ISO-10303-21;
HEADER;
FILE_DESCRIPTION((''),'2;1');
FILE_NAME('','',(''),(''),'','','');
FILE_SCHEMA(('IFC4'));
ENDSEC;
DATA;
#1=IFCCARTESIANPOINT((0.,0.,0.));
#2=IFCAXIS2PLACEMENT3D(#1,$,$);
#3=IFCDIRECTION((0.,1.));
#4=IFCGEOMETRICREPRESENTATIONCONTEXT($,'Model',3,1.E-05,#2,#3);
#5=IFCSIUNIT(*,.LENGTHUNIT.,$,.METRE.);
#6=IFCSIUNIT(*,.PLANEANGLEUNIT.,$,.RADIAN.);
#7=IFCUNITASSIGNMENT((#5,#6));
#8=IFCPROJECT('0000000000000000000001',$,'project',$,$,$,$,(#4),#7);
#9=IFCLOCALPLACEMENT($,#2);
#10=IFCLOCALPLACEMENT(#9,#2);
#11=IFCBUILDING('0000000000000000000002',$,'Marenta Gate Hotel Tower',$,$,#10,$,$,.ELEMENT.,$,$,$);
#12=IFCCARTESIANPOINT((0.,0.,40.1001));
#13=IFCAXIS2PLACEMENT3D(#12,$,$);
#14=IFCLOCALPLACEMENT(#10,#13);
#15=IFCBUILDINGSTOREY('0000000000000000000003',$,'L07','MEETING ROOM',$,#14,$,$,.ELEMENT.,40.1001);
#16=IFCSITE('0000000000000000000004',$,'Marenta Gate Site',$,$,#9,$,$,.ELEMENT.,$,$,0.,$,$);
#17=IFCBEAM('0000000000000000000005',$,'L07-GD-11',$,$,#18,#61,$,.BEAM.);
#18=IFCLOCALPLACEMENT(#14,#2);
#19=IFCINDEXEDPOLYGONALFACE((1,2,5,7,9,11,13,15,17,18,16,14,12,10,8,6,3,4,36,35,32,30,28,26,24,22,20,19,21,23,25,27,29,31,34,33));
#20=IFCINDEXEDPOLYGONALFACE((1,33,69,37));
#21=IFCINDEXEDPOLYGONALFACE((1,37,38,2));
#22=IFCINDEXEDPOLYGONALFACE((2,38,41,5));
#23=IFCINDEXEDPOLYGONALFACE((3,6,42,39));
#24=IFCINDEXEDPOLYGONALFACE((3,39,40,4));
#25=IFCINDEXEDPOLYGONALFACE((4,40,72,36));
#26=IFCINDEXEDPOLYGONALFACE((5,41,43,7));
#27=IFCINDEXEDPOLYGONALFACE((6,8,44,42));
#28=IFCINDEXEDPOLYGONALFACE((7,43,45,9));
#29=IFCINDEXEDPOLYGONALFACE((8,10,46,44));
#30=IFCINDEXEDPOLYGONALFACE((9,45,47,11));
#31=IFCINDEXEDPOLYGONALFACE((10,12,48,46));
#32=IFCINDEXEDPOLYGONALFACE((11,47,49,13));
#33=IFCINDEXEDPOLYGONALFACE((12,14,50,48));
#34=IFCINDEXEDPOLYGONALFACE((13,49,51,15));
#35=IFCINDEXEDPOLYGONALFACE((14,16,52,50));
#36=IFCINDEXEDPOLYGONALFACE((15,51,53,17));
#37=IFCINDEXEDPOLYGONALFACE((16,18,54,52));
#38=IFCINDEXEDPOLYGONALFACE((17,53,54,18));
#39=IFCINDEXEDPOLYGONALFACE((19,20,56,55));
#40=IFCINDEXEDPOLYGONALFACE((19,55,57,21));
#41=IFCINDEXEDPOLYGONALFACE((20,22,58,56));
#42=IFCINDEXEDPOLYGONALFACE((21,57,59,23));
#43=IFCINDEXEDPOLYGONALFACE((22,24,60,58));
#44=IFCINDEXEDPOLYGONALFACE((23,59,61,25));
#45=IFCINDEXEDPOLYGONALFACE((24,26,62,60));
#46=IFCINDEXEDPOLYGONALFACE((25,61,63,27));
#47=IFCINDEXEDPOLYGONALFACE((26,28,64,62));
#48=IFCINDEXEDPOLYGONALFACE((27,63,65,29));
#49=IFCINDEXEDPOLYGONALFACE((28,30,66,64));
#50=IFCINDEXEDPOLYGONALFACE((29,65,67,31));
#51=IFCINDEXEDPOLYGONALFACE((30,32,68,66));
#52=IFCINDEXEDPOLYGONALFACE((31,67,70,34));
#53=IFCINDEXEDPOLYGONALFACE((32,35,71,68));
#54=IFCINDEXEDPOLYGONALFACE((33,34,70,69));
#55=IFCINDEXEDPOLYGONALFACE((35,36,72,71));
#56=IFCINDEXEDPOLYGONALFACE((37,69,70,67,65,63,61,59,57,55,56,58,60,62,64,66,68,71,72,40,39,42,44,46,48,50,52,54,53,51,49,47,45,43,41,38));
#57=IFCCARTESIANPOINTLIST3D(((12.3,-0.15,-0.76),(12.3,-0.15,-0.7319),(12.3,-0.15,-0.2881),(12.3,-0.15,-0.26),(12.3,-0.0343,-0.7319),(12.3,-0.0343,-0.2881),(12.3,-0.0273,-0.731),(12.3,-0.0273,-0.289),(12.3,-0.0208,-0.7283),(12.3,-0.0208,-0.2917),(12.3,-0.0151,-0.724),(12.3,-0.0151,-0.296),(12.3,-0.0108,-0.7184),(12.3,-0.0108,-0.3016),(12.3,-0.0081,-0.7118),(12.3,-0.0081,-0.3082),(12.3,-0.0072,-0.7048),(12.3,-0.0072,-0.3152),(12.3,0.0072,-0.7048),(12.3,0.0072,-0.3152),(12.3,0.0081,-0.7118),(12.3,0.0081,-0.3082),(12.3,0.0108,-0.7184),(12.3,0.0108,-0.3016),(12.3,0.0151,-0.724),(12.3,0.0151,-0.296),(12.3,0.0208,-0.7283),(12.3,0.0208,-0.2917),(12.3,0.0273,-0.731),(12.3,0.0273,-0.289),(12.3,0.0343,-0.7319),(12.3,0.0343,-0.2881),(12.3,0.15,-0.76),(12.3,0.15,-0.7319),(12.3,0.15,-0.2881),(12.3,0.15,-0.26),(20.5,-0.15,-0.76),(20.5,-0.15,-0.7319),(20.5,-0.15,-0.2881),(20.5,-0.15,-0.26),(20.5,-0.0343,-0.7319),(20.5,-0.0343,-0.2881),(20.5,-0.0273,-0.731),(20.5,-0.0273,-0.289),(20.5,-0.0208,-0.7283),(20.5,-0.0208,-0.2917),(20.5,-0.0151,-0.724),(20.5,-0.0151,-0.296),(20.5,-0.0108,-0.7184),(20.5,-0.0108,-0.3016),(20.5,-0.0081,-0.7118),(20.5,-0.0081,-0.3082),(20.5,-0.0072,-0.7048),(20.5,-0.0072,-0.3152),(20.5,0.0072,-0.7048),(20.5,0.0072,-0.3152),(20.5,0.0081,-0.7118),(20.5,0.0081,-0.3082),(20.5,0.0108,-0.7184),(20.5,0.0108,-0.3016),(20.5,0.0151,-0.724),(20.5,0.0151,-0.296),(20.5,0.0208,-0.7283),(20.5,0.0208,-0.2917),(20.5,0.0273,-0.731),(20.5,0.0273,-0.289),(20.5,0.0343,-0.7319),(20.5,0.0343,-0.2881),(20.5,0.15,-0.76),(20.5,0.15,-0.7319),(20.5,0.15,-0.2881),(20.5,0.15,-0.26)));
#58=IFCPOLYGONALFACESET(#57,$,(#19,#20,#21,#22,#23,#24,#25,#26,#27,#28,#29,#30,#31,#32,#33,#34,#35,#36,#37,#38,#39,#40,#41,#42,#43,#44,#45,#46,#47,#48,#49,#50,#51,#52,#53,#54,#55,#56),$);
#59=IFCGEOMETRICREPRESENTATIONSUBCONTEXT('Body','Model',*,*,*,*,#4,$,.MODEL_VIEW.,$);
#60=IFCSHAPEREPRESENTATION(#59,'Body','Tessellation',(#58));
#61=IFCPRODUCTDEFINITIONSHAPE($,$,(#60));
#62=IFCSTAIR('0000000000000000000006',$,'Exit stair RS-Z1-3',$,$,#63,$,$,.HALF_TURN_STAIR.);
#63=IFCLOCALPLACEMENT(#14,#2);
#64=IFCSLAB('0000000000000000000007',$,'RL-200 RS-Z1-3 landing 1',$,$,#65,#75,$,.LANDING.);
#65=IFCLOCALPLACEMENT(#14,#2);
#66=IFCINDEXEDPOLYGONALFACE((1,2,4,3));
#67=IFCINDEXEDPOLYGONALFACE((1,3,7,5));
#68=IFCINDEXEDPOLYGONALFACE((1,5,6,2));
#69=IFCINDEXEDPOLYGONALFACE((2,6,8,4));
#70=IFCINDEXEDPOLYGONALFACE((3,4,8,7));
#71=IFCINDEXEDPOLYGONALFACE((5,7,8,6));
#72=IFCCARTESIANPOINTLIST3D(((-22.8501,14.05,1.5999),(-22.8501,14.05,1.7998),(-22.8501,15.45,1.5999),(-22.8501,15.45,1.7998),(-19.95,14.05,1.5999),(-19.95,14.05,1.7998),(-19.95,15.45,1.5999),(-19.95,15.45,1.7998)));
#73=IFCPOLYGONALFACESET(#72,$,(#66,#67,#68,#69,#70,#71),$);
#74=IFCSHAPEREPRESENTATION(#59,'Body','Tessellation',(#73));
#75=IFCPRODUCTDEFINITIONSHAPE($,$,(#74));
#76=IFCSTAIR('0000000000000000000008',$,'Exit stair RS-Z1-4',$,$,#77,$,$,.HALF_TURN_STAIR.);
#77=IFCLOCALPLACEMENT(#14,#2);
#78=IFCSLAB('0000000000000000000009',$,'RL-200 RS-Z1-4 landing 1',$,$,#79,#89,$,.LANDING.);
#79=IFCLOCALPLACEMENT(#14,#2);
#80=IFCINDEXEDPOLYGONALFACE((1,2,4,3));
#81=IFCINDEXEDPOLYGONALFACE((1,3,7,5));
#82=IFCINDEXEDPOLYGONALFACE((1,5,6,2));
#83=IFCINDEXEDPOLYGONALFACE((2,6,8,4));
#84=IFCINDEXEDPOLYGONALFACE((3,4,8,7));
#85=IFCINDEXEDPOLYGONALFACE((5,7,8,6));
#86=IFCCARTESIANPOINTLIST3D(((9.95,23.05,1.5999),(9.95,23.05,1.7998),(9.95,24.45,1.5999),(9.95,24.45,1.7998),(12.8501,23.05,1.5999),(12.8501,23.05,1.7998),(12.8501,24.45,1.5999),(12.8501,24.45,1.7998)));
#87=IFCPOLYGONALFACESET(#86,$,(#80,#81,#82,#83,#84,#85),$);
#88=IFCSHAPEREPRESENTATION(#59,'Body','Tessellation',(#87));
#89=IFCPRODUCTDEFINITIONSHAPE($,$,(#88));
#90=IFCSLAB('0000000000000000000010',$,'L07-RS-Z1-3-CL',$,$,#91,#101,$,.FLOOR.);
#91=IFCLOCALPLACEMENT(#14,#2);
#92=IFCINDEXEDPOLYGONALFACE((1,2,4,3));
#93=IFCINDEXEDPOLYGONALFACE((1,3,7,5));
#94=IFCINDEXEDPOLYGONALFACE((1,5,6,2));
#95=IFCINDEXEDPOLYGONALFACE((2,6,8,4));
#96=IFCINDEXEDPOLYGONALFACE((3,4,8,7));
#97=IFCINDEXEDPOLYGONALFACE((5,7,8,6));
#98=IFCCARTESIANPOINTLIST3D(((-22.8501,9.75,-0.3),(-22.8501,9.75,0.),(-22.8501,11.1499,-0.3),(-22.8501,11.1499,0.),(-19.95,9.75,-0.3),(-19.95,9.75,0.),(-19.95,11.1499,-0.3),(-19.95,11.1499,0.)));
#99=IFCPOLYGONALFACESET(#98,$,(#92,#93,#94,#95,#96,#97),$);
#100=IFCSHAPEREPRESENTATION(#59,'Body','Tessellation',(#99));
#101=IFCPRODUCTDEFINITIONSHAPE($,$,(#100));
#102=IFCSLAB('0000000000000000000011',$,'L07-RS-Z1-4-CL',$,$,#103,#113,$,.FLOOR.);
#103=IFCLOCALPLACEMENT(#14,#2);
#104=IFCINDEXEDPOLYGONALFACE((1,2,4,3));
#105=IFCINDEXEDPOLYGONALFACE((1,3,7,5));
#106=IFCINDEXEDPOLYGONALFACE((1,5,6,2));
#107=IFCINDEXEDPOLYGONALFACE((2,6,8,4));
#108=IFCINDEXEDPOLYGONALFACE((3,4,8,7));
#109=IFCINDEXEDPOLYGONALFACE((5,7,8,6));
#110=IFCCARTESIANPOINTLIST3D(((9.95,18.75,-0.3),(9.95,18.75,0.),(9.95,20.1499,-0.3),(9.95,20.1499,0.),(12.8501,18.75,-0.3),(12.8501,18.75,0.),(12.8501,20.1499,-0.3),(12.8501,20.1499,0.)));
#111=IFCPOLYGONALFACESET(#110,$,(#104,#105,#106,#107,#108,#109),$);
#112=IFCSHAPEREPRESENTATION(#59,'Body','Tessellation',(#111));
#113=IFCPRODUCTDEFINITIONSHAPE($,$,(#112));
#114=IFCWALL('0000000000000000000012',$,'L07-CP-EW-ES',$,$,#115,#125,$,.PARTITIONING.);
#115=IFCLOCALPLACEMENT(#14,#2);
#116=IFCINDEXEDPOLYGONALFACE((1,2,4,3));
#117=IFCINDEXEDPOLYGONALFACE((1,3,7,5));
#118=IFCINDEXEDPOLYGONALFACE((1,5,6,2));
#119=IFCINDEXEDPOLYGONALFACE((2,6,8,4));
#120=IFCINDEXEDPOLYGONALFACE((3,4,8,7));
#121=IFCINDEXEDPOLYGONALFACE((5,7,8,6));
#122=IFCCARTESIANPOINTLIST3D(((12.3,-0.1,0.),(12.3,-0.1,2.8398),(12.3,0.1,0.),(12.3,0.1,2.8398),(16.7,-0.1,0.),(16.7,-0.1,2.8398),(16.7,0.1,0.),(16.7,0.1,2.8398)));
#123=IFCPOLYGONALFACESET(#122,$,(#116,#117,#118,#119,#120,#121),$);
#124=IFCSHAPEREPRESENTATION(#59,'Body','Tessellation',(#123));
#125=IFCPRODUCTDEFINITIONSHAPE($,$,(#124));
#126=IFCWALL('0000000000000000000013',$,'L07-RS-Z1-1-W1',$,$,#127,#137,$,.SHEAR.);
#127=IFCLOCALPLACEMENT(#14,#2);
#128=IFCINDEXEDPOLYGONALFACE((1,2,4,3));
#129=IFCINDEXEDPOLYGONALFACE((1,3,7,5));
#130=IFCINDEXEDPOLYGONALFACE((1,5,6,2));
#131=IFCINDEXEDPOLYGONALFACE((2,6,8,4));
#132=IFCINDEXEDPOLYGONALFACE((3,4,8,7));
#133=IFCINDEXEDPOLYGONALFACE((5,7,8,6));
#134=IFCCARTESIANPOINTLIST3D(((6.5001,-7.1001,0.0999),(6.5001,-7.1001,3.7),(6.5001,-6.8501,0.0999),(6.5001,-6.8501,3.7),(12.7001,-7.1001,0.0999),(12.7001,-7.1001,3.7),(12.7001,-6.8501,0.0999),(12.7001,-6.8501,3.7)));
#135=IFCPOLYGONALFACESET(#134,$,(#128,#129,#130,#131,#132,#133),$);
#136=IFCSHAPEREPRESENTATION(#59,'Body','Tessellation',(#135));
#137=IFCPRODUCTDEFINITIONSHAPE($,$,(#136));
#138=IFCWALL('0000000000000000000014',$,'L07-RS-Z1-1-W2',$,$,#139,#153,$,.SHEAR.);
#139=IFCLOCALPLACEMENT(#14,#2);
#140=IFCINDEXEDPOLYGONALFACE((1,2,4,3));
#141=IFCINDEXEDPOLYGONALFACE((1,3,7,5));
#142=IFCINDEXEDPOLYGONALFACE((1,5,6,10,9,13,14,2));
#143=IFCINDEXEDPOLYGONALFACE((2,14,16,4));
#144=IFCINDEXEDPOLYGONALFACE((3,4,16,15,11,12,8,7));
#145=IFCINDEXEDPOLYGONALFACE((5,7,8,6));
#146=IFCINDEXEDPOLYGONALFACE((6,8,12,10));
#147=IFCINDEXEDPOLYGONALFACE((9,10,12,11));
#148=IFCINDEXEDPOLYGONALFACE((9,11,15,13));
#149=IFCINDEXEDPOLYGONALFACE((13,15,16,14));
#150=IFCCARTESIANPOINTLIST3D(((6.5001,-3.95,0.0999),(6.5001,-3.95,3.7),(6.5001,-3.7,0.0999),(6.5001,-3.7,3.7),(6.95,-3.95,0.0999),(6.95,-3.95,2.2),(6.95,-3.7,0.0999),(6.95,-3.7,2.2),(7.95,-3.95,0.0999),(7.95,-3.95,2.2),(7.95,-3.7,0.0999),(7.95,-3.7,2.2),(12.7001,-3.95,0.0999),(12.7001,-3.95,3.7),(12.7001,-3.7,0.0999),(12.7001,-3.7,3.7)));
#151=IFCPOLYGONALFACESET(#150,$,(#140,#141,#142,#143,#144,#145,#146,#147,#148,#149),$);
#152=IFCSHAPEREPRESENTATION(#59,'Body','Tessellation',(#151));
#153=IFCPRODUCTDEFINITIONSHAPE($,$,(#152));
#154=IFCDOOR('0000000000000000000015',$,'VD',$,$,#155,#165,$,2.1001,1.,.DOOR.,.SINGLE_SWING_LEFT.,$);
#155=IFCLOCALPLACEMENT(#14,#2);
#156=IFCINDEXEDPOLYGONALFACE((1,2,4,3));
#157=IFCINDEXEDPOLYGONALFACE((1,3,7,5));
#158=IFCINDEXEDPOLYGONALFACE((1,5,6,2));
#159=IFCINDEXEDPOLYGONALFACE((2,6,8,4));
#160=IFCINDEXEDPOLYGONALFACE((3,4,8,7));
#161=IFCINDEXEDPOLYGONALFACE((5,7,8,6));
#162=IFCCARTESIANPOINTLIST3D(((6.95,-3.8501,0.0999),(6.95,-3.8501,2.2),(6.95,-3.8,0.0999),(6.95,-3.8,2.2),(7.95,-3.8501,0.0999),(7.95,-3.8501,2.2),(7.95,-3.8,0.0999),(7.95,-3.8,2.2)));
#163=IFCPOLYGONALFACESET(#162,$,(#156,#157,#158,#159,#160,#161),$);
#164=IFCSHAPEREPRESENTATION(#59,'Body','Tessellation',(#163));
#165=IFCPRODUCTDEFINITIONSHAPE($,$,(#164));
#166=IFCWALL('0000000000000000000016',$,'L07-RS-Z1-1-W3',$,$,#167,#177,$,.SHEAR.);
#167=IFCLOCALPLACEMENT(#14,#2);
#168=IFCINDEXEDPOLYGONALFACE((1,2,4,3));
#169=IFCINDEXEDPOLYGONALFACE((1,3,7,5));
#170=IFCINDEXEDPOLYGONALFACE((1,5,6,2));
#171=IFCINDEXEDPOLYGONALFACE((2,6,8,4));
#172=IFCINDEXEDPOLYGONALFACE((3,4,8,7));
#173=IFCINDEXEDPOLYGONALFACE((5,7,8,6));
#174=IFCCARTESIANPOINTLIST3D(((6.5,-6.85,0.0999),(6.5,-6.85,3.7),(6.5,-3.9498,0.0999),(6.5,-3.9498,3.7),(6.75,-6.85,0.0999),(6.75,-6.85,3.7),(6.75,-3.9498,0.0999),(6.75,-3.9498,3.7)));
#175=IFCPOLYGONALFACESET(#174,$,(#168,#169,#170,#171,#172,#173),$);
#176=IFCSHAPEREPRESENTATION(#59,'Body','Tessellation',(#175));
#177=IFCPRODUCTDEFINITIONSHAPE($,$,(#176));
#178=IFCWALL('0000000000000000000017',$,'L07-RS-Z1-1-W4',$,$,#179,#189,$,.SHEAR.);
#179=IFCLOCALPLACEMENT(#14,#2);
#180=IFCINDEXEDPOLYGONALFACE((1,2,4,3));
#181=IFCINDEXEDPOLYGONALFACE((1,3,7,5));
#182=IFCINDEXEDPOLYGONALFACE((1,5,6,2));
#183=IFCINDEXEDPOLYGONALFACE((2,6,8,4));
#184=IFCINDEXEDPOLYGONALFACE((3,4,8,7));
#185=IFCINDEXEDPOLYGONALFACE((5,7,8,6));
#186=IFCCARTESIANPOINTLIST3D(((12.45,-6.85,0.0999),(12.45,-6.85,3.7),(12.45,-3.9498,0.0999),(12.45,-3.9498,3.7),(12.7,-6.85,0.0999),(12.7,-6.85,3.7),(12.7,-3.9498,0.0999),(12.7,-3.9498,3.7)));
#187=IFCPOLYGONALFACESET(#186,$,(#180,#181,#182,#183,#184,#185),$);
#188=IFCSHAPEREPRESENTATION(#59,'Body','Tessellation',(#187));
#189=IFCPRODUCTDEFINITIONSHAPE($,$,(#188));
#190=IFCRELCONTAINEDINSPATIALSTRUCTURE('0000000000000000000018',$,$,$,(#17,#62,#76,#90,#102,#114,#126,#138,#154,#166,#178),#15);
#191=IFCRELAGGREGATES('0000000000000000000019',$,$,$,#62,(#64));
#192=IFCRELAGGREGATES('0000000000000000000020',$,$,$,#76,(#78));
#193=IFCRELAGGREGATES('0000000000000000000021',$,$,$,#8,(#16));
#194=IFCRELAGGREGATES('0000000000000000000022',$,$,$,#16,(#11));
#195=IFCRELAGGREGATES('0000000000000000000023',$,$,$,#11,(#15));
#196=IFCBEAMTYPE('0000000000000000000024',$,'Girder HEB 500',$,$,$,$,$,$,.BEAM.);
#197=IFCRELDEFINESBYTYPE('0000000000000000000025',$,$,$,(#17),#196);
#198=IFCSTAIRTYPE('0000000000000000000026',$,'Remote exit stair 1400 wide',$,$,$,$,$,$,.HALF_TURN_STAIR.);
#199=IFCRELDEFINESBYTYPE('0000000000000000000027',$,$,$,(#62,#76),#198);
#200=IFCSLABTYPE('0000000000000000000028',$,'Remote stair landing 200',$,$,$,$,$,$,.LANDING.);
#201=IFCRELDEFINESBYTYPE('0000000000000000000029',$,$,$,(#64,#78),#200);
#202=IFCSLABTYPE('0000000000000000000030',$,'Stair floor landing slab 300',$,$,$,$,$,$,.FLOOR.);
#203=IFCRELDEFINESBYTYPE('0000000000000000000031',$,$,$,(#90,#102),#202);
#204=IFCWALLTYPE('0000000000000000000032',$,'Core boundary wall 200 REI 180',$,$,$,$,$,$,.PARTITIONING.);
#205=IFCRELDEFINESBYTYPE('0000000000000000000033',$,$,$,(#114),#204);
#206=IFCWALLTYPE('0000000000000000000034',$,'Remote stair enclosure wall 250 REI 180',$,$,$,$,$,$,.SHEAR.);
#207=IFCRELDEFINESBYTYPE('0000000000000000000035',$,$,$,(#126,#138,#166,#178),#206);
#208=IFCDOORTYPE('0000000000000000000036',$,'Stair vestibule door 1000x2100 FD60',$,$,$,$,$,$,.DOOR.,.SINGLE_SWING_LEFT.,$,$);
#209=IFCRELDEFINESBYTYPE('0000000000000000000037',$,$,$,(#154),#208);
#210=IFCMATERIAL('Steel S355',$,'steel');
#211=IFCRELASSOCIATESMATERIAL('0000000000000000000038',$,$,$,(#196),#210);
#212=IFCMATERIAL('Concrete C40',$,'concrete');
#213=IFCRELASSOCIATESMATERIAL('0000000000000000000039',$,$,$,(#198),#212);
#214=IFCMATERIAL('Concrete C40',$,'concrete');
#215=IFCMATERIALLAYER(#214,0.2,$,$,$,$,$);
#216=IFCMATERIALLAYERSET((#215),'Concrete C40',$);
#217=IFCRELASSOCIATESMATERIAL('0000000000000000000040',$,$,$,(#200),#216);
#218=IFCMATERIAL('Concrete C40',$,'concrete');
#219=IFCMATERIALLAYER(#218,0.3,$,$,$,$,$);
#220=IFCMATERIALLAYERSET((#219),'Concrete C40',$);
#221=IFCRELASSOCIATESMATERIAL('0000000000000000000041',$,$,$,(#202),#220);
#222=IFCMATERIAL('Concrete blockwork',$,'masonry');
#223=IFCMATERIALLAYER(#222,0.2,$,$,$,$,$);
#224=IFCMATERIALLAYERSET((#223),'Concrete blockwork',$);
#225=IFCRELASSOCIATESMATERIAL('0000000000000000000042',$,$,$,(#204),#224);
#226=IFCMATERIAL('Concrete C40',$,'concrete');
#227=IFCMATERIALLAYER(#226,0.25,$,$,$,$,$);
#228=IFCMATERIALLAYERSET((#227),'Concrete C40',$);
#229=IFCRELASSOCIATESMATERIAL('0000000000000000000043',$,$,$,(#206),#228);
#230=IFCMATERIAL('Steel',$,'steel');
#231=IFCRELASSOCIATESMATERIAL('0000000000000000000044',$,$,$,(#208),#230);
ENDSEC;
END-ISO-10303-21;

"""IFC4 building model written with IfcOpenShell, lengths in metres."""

from ifc_helpers import new_model, si_unit, direction, frame, frame_2d, origin, origin_2d, place, context, subcontext, project, spatial, polyline, rectangle, i_section, outline, extrude, material, layer, layer_set, material_profile, profile_set, type_object, element, fill, aggregate, save


model = new_model("IFC4")

# Units and contexts
model_context = context("Model", 3, precision=1e-05, world=origin(), true_north=direction((0.0, 1.0)))
body_context = subcontext(model_context, "Body", "Model", "MODEL_VIEW")
ifc_project = project(units=[si_unit("LENGTHUNIT", "METRE"), si_unit("PLANEANGLEUNIT", "RADIAN")], contexts=[model_context])

# Site, building, storey
site_placement = place(None, origin())
site = spatial("IfcSite", under=ifc_project, at=site_placement, Name="Marenta Gate Site", CompositionType="ELEMENT", RefElevation=0.0)
building_placement = place(site_placement, origin())
building = spatial("IfcBuilding", under=site, at=building_placement, Name="Marenta Gate Hotel Tower", CompositionType="ELEMENT")
storey_placement = place(building_placement, frame((0.0, 0.0, 40.1001)))
storey = spatial("IfcBuildingStorey", under=building, at=storey_placement, Name="L07", Description="MEETING ROOM", CompositionType="ELEMENT", Elevation=40.1001)

# Beam
ifc_material_1 = material(Name="Steel S355", Category="steel")
ifc_material_profile = material_profile(ifc_material_1, i_section(OverallWidth=0.3, OverallDepth=0.5, WebThickness=0.0144, FlangeThickness=0.0281, FilletRadius=0.0271, at=origin_2d()), Name="HEB 500")
ifc_profile_set = profile_set([ifc_material_profile], Name="Steel S355")
beam_type = type_object("IfcBeamType", Name="Girder HEB 500", PredefinedType="BEAM", material=ifc_profile_set)
beam_placement = place(storey_placement, frame((12.3, 0.0, -0.51), z_axis=(1.0, 0.0, 0.0), x_axis=(0.0, 1.0, 0.0)))
element("IfcBeam", 1, at=beam_placement, inside=storey, type_object=beam_type, Name="L07-GD-11", PredefinedType="BEAM", context=body_context, shape_type="SweptSolid", body=[
    extrude(i_section(OverallWidth=0.3, OverallDepth=0.5, WebThickness=0.0144, FlangeThickness=0.0281, FilletRadius=0.0271, at=origin_2d()), origin(), (0.0, 0.0, 1.0), 8.2),
])

# Stairs, slabs
ifc_material_2 = material(Name="Concrete C40", Category="concrete")
stair_type = type_object("IfcStairType", Name="Remote exit stair 1400 wide", PredefinedType="HALF_TURN_STAIR", material=ifc_material_2)
stair_1_placement = place(storey_placement, origin())
stair_1 = element("IfcStair", 2, at=stair_1_placement, inside=storey, type_object=stair_type, Name="Exit stair RS-Z1-3", PredefinedType="HALF_TURN_STAIR")
ifc_material_3 = material(Name="Concrete C40", Category="concrete")
ifc_layer_1 = layer(ifc_material_3, 0.2)
ifc_layer_set_1 = layer_set([ifc_layer_1], Name="Concrete C40")
slab_type_1 = type_object("IfcSlabType", Name="Remote stair landing 200", PredefinedType="LANDING", material=ifc_layer_set_1)
slab_1_placement = place(storey_placement, frame((0.0, 0.0, 1.5999)))
slab_1 = element("IfcSlab", 3, at=slab_1_placement, type_object=slab_type_1, Name="RL-200 RS-Z1-3 landing 1", PredefinedType="LANDING", context=body_context, shape_type="SweptSolid", body=[
    extrude(outline(polyline([(-22.8501, 14.05), (-19.95, 14.05), (-19.95, 15.45), (-22.8501, 15.45), (-22.8501, 14.05)])), origin(), (0.0, 0.0, 1.0), 0.2),
])
aggregate(stair_1, [slab_1])
stair_2_placement = place(storey_placement, origin())
stair_2 = element("IfcStair", 4, at=stair_2_placement, inside=storey, type_object=stair_type, Name="Exit stair RS-Z1-4", PredefinedType="HALF_TURN_STAIR")
slab_2_placement = place(storey_placement, frame((0.0, 0.0, 1.5999)))
slab_2 = element("IfcSlab", 5, at=slab_2_placement, type_object=slab_type_1, Name="RL-200 RS-Z1-4 landing 1", PredefinedType="LANDING", context=body_context, shape_type="SweptSolid", body=[
    extrude(outline(polyline([(9.95, 23.05), (12.8501, 23.05), (12.8501, 24.45), (9.95, 24.45), (9.95, 23.05)])), origin(), (0.0, 0.0, 1.0), 0.2),
])
aggregate(stair_2, [slab_2])

# Slabs
ifc_material_4 = material(Name="Concrete C40", Category="concrete")
ifc_layer_2 = layer(ifc_material_4, 0.3)
ifc_layer_set_2 = layer_set([ifc_layer_2], Name="Concrete C40")
slab_type_2 = type_object("IfcSlabType", Name="Stair floor landing slab 300", PredefinedType="FLOOR", material=ifc_layer_set_2)
slab_3_placement = place(storey_placement, frame((0.0, 0.0, -0.3)))
element("IfcSlab", 6, at=slab_3_placement, inside=storey, type_object=slab_type_2, Name="L07-RS-Z1-3-CL", PredefinedType="FLOOR", context=body_context, shape_type="SweptSolid", body=[
    extrude(outline(polyline([(-19.95, 9.75), (-19.95, 11.1499), (-22.8501, 11.1499), (-22.8501, 9.75), (-19.95, 9.75)])), origin(), (0.0, 0.0, 1.0), 0.3),
])
slab_4_placement = place(storey_placement, frame((0.0, 0.0, -0.3)))
element("IfcSlab", 7, at=slab_4_placement, inside=storey, type_object=slab_type_2, Name="L07-RS-Z1-4-CL", PredefinedType="FLOOR", context=body_context, shape_type="SweptSolid", body=[
    extrude(outline(polyline([(12.8501, 18.75), (12.8501, 20.1499), (9.95, 20.1499), (9.95, 18.75), (12.8501, 18.75)])), origin(), (0.0, 0.0, 1.0), 0.3),
])

# Wall
ifc_material_5 = material(Name="Concrete blockwork", Category="masonry")
ifc_layer_3 = layer(ifc_material_5, 0.2)
ifc_layer_set_3 = layer_set([ifc_layer_3], Name="Concrete blockwork")
wall_type_1 = type_object("IfcWallType", Name="Core boundary wall 200 REI 180", PredefinedType="PARTITIONING", material=ifc_layer_set_3)
wall_1_placement = place(storey_placement, frame((12.3, 0.0, 0.0), z_axis=(0.0, 0.0, 1.0), x_axis=(1.0, 0.0, 0.0)))
element("IfcWall", 8, at=wall_1_placement, inside=storey, type_object=wall_type_1, Name="L07-CP-EW-ES", PredefinedType="PARTITIONING", context=body_context, shape_type="SweptSolid", body=[
    extrude(rectangle(XDim=4.3999, YDim=0.2, at=frame_2d((2.2, 0.0))), origin(), (0.0, 0.0, 1.0), 2.8398),
])

# Wall
ifc_material_6 = material(Name="Concrete C40", Category="concrete")
ifc_layer_4 = layer(ifc_material_6, 0.25)
ifc_layer_set_4 = layer_set([ifc_layer_4], Name="Concrete C40")
wall_type_2 = type_object("IfcWallType", Name="Remote stair enclosure wall 250 REI 180", PredefinedType="SHEAR", material=ifc_layer_set_4)
wall_2_placement = place(storey_placement, frame((6.5, -6.9751, 0.0999), z_axis=(0.0, 0.0, 1.0), x_axis=(1.0, 0.0, 0.0)))
element("IfcWall", 9, at=wall_2_placement, inside=storey, type_object=wall_type_2, Name="L07-RS-Z1-1-W1", PredefinedType="SHEAR", context=body_context, shape_type="SweptSolid", body=[
    extrude(rectangle(XDim=6.2, YDim=0.25, at=frame_2d((3.1001, 0.0))), origin(), (0.0, 0.0, 1.0), 3.6001),
])

# Wall, opening, door
wall_3_placement = place(storey_placement, frame((6.5, -3.825, 0.0999), z_axis=(0.0, 0.0, 1.0), x_axis=(1.0, 0.0, 0.0)))
wall_3 = element("IfcWall", 10, at=wall_3_placement, inside=storey, type_object=wall_type_2, Name="L07-RS-Z1-1-W2", PredefinedType="SHEAR", context=body_context, shape_type="SweptSolid", body=[
    extrude(rectangle(XDim=6.2, YDim=0.25, at=frame_2d((3.1001, 0.0))), origin(), (0.0, 0.0, 1.0), 3.6001),
])
opening_1_placement = place(wall_3_placement, frame((0.45, 0.0, 0.0)))
opening_1 = element("IfcOpeningElement", 11, at=opening_1_placement, cuts=wall_3, PredefinedType="OPENING", context=body_context, shape_type="SweptSolid", body=[
    extrude(rectangle(XDim=1.0, YDim=2.1001, at=frame_2d((0.5, 1.05))), frame((0.0, 0.125, 0.0), z_axis=(0.0, -1.0, 0.0), x_axis=(1.0, 0.0, 0.0)), (0.0, 0.0, 1.0), 0.25),
])
ifc_material_7 = material(Name="Steel", Category="steel")
door_type_1 = type_object("IfcDoorType", Name="Stair vestibule door 1000x2100 FD60", OperationType="SINGLE_SWING_LEFT", PredefinedType="DOOR", material=ifc_material_7)
door_1_placement = place(opening_1_placement, origin())
door_1 = element("IfcDoor", 12, at=door_1_placement, inside=storey, type_object=door_type_1, Name="VD", OperationType="SINGLE_SWING_LEFT", OverallHeight=2.1001, OverallWidth=1.0, PredefinedType="DOOR", context=body_context, shape_type="SweptSolid", body=[
    extrude(rectangle(XDim=1.0, YDim=2.1001, at=frame_2d((0.5, 1.05))), frame((0.0, 0.0249, 0.0), z_axis=(0.0, -1.0, 0.0), x_axis=(1.0, 0.0, 0.0)), (0.0, 0.0, 1.0), 0.05),
])
fill(opening_1, door_1)

# Walls
for number, where, z_axis, x_axis, name in (
    (13, (6.625, -6.8501, 0.0999), (0.0, 0.0, 1.0), (0.0, 1.0, 0.0), "L07-RS-Z1-1-W3"),
    (14, (12.575, -6.8501, 0.0999), (0.0, 0.0, 1.0), (0.0, 1.0, 0.0), "L07-RS-Z1-1-W4"),
):
    element("IfcWall", number, at=place(storey_placement, frame(where, z_axis=z_axis, x_axis=x_axis)), inside=storey, type_object=wall_type_2, Name=name, PredefinedType="SHEAR", context=body_context, shape_type="SweptSolid", body=[
        extrude(rectangle(XDim=2.9001, YDim=0.25, at=frame_2d((1.4502, 0.0))), origin(), (0.0, 0.0, 1.0), 3.6001),
    ])

save(model, "model.ifc")
